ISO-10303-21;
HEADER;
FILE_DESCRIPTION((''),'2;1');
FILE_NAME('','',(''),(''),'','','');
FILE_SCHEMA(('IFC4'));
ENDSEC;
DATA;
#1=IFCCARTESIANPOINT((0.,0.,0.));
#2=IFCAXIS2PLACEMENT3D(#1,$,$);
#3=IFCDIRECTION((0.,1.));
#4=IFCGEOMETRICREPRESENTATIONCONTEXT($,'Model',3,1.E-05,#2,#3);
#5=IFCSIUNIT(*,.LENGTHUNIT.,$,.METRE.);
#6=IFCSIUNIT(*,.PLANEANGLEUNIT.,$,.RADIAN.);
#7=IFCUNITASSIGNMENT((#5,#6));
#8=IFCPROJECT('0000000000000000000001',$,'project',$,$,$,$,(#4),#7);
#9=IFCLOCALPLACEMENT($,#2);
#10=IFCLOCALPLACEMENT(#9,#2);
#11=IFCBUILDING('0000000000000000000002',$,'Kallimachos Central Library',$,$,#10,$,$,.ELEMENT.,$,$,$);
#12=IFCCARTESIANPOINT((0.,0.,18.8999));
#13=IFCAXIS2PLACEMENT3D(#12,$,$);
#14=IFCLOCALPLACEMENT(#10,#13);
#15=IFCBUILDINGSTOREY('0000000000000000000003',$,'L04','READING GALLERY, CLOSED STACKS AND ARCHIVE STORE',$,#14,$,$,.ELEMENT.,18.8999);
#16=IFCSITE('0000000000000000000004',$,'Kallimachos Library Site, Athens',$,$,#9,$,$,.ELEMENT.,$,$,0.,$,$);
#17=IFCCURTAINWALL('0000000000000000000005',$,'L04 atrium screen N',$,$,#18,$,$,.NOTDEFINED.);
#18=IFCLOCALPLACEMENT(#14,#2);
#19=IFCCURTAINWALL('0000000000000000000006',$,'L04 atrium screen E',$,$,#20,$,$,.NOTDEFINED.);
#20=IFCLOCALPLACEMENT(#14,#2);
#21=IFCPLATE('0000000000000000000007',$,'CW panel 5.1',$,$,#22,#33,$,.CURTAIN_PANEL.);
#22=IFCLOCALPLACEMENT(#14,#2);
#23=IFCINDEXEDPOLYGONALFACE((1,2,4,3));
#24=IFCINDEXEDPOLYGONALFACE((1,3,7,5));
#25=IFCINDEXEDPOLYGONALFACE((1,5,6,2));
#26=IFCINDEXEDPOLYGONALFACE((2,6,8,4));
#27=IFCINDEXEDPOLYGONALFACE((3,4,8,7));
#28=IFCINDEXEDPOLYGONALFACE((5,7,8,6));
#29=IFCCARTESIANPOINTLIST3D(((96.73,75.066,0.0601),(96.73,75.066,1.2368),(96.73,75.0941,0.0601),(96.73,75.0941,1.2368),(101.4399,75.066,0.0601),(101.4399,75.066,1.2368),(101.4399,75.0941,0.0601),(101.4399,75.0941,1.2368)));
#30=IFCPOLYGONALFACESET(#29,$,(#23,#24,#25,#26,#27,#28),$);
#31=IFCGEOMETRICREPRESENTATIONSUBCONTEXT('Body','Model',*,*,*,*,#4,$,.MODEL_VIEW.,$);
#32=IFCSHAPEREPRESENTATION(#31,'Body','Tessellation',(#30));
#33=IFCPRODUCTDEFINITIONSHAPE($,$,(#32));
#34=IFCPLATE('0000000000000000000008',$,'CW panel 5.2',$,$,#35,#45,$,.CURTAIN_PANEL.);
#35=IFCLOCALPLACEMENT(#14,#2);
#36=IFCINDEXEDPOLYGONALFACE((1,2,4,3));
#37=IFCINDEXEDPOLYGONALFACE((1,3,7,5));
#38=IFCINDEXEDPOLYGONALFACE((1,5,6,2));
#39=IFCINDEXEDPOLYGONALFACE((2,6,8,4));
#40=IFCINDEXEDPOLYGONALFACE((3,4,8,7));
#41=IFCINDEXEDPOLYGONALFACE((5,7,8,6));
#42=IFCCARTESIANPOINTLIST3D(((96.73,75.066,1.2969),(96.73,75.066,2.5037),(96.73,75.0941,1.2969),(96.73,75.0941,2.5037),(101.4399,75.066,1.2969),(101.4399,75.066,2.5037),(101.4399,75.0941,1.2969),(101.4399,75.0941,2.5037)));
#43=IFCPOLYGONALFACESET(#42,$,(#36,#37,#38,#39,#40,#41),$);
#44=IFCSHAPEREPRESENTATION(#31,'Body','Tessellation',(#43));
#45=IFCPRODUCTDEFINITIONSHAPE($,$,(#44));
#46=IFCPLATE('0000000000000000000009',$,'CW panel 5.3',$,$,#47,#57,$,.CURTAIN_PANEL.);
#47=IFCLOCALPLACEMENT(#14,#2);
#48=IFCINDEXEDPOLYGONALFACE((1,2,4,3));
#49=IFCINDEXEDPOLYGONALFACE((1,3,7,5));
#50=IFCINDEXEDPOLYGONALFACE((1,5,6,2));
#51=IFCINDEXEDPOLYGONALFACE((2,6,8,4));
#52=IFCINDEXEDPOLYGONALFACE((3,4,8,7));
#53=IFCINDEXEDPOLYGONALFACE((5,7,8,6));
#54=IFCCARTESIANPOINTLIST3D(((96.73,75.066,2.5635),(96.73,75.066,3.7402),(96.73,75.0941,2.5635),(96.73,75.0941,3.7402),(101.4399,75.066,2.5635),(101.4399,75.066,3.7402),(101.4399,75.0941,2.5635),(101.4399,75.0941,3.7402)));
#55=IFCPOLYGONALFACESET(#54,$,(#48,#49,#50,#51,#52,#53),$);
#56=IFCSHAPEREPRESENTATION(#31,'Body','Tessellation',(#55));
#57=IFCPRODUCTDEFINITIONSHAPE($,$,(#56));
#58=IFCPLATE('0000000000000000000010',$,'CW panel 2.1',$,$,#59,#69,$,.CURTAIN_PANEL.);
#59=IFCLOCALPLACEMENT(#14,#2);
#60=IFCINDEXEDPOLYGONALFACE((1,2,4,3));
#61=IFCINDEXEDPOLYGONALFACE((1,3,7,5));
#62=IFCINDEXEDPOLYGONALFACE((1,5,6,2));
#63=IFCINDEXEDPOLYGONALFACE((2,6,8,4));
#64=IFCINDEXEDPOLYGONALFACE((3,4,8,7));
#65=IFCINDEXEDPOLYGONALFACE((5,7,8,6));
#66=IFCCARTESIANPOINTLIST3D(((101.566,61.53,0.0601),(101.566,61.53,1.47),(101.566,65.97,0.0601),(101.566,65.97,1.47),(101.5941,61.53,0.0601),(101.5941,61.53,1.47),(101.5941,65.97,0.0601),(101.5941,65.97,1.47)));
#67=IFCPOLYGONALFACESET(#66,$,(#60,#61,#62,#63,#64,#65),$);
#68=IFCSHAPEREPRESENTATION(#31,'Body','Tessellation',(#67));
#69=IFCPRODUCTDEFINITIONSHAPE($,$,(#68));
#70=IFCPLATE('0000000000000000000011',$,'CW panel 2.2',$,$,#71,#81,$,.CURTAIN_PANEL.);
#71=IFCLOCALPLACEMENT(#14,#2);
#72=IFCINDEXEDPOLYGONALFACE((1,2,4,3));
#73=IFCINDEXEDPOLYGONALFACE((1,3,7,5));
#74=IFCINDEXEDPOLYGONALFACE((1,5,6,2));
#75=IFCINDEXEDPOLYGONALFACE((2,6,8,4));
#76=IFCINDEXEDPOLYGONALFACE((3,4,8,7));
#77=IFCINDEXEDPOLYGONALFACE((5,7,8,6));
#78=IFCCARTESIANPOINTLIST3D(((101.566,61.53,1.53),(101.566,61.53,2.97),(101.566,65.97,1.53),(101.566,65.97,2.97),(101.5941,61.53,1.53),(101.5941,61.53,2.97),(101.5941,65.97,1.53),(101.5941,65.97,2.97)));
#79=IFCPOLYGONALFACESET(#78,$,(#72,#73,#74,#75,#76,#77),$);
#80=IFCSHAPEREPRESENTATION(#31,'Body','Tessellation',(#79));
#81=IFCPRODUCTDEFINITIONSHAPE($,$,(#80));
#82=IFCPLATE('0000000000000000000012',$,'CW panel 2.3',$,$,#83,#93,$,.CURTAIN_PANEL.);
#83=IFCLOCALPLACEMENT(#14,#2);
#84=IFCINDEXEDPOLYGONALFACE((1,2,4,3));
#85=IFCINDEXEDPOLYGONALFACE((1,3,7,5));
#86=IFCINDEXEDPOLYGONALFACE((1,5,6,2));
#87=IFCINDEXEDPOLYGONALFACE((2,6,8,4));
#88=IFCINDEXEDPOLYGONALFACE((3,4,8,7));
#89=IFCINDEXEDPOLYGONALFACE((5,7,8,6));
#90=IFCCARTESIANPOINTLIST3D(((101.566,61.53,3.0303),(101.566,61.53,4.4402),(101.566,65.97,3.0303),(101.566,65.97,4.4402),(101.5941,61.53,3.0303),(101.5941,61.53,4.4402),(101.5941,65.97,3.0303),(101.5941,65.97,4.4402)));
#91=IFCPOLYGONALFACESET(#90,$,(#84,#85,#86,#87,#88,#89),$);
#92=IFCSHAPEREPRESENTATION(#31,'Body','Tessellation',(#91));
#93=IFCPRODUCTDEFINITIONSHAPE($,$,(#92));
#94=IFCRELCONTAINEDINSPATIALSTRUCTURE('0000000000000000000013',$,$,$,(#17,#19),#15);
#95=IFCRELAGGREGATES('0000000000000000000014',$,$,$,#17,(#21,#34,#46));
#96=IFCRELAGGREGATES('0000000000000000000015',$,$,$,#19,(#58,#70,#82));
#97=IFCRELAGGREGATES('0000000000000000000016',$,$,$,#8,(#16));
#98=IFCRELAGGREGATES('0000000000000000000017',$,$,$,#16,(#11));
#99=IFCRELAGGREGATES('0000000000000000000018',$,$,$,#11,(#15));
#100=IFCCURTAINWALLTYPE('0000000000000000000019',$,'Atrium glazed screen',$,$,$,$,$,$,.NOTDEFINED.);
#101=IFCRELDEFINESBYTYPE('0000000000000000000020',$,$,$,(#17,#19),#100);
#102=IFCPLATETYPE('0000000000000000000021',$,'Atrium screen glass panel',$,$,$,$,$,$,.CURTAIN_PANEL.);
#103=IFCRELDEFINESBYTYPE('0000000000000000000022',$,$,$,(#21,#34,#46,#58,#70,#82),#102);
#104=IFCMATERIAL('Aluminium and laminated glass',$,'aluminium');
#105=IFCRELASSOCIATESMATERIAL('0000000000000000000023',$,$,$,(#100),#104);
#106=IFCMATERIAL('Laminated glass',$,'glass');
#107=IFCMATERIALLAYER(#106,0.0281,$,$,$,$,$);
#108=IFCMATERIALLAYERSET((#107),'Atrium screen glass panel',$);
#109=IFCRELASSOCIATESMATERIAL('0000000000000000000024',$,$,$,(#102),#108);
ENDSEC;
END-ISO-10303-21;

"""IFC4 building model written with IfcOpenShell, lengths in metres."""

from ifc_helpers import new_model, si_unit, direction, frame, origin, origin_2d, place, context, subcontext, project, spatial, rectangle, extrude, material, layer, layer_set, type_object, element, aggregate, save


model = new_model("IFC4")

# Units and contexts
model_context = context("Model", 3, precision=1e-05, world=origin(), true_north=direction((0.0, 1.0)))
body_context = subcontext(model_context, "Body", "Model", "MODEL_VIEW")
ifc_project = project(units=[si_unit("LENGTHUNIT", "METRE"), si_unit("PLANEANGLEUNIT", "RADIAN")], contexts=[model_context])

# Site, building, storey
site_placement = place(None, origin())
site = spatial("IfcSite", under=ifc_project, at=site_placement, Name="Kallimachos Library Site, Athens", CompositionType="ELEMENT", RefElevation=0.0)
building_placement = place(site_placement, origin())
building = spatial("IfcBuilding", under=site, at=building_placement, Name="Kallimachos Central Library", CompositionType="ELEMENT")
storey_placement = place(building_placement, frame((0.0, 0.0, 18.8999)))
storey = spatial("IfcBuildingStorey", under=building, at=storey_placement, Name="L04", Description="READING GALLERY, CLOSED STACKS AND ARCHIVE STORE", CompositionType="ELEMENT", Elevation=18.8999)

# Curtain wall
ifc_material_1 = material(Name="Aluminium and laminated glass", Category="aluminium")
curtain_wall_type = type_object("IfcCurtainWallType", Name="Atrium glazed screen", PredefinedType="NOTDEFINED", material=ifc_material_1)
curtain_wall_1_placement = place(storey_placement, origin())
curtain_wall_1 = element("IfcCurtainWall", 1, at=curtain_wall_1_placement, inside=storey, type_object=curtain_wall_type, Name="L04 atrium screen N", PredefinedType="NOTDEFINED")

# Curtain wall
curtain_wall_2_placement = place(storey_placement, origin())
curtain_wall_2 = element("IfcCurtainWall", 2, at=curtain_wall_2_placement, inside=storey, type_object=curtain_wall_type, Name="L04 atrium screen E", PredefinedType="NOTDEFINED")

# Plates
ifc_material_2 = material(Name="Laminated glass", Category="glass")
ifc_layer = layer(ifc_material_2, 0.0281)
ifc_layer_set = layer_set([ifc_layer], Name="Atrium screen glass panel")
plate_type = type_object("IfcPlateType", Name="Atrium screen glass panel", PredefinedType="CURTAIN_PANEL", material=ifc_layer_set)
plate_1_placement = place(storey_placement, frame((99.085, 75.0801, 0.0601), z_axis=(0.0, 0.0, 1.0), x_axis=(1.0, 0.0, 0.0)))
plate_1 = element("IfcPlate", 3, at=plate_1_placement, type_object=plate_type, Name="CW panel 5.1", PredefinedType="CURTAIN_PANEL", context=body_context, shape_type="SweptSolid", body=[
    extrude(rectangle(XDim=4.71, YDim=0.0281, at=origin_2d()), origin(), (0.0, 0.0, 1.0), 1.1768),
])
plate_2_placement = place(storey_placement, frame((99.085, 75.0801, 1.2969), z_axis=(0.0, 0.0, 1.0), x_axis=(1.0, 0.0, 0.0)))
plate_2 = element("IfcPlate", 4, at=plate_2_placement, type_object=plate_type, Name="CW panel 5.2", PredefinedType="CURTAIN_PANEL", context=body_context, shape_type="SweptSolid", body=[
    extrude(rectangle(XDim=4.71, YDim=0.0281, at=origin_2d()), origin(), (0.0, 0.0, 1.0), 1.2068),
])
plate_3_placement = place(storey_placement, frame((99.085, 75.0801, 2.5635), z_axis=(0.0, 0.0, 1.0), x_axis=(1.0, 0.0, 0.0)))
plate_3 = element("IfcPlate", 5, at=plate_3_placement, type_object=plate_type, Name="CW panel 5.3", PredefinedType="CURTAIN_PANEL", context=body_context, shape_type="SweptSolid", body=[
    extrude(rectangle(XDim=4.71, YDim=0.0281, at=origin_2d()), origin(), (0.0, 0.0, 1.0), 1.1768),
])
aggregate(curtain_wall_1, [plate_1, plate_2, plate_3])
plate_4_placement = place(storey_placement, frame((101.5801, 63.75, 0.0601), z_axis=(0.0, 0.0, 1.0), x_axis=(0.0, 1.0, 0.0)))
plate_4 = element("IfcPlate", 6, at=plate_4_placement, type_object=plate_type, Name="CW panel 2.1", PredefinedType="CURTAIN_PANEL", context=body_context, shape_type="SweptSolid", body=[
    extrude(rectangle(XDim=4.4399, YDim=0.0281, at=origin_2d()), origin(), (0.0, 0.0, 1.0), 1.4099),
])
plate_5_placement = place(storey_placement, frame((101.5801, 63.75, 1.53), z_axis=(0.0, 0.0, 1.0), x_axis=(0.0, 1.0, 0.0)))
plate_5 = element("IfcPlate", 7, at=plate_5_placement, type_object=plate_type, Name="CW panel 2.2", PredefinedType="CURTAIN_PANEL", context=body_context, shape_type="SweptSolid", body=[
    extrude(rectangle(XDim=4.4399, YDim=0.0281, at=origin_2d()), origin(), (0.0, 0.0, 1.0), 1.4399),
])
plate_6_placement = place(storey_placement, frame((101.5801, 63.75, 3.0303), z_axis=(0.0, 0.0, 1.0), x_axis=(0.0, 1.0, 0.0)))
plate_6 = element("IfcPlate", 8, at=plate_6_placement, type_object=plate_type, Name="CW panel 2.3", PredefinedType="CURTAIN_PANEL", context=body_context, shape_type="SweptSolid", body=[
    extrude(rectangle(XDim=4.4399, YDim=0.0281, at=origin_2d()), origin(), (0.0, 0.0, 1.0), 1.4099),
])
aggregate(curtain_wall_2, [plate_4, plate_5, plate_6])

save(model, "model.ifc")
